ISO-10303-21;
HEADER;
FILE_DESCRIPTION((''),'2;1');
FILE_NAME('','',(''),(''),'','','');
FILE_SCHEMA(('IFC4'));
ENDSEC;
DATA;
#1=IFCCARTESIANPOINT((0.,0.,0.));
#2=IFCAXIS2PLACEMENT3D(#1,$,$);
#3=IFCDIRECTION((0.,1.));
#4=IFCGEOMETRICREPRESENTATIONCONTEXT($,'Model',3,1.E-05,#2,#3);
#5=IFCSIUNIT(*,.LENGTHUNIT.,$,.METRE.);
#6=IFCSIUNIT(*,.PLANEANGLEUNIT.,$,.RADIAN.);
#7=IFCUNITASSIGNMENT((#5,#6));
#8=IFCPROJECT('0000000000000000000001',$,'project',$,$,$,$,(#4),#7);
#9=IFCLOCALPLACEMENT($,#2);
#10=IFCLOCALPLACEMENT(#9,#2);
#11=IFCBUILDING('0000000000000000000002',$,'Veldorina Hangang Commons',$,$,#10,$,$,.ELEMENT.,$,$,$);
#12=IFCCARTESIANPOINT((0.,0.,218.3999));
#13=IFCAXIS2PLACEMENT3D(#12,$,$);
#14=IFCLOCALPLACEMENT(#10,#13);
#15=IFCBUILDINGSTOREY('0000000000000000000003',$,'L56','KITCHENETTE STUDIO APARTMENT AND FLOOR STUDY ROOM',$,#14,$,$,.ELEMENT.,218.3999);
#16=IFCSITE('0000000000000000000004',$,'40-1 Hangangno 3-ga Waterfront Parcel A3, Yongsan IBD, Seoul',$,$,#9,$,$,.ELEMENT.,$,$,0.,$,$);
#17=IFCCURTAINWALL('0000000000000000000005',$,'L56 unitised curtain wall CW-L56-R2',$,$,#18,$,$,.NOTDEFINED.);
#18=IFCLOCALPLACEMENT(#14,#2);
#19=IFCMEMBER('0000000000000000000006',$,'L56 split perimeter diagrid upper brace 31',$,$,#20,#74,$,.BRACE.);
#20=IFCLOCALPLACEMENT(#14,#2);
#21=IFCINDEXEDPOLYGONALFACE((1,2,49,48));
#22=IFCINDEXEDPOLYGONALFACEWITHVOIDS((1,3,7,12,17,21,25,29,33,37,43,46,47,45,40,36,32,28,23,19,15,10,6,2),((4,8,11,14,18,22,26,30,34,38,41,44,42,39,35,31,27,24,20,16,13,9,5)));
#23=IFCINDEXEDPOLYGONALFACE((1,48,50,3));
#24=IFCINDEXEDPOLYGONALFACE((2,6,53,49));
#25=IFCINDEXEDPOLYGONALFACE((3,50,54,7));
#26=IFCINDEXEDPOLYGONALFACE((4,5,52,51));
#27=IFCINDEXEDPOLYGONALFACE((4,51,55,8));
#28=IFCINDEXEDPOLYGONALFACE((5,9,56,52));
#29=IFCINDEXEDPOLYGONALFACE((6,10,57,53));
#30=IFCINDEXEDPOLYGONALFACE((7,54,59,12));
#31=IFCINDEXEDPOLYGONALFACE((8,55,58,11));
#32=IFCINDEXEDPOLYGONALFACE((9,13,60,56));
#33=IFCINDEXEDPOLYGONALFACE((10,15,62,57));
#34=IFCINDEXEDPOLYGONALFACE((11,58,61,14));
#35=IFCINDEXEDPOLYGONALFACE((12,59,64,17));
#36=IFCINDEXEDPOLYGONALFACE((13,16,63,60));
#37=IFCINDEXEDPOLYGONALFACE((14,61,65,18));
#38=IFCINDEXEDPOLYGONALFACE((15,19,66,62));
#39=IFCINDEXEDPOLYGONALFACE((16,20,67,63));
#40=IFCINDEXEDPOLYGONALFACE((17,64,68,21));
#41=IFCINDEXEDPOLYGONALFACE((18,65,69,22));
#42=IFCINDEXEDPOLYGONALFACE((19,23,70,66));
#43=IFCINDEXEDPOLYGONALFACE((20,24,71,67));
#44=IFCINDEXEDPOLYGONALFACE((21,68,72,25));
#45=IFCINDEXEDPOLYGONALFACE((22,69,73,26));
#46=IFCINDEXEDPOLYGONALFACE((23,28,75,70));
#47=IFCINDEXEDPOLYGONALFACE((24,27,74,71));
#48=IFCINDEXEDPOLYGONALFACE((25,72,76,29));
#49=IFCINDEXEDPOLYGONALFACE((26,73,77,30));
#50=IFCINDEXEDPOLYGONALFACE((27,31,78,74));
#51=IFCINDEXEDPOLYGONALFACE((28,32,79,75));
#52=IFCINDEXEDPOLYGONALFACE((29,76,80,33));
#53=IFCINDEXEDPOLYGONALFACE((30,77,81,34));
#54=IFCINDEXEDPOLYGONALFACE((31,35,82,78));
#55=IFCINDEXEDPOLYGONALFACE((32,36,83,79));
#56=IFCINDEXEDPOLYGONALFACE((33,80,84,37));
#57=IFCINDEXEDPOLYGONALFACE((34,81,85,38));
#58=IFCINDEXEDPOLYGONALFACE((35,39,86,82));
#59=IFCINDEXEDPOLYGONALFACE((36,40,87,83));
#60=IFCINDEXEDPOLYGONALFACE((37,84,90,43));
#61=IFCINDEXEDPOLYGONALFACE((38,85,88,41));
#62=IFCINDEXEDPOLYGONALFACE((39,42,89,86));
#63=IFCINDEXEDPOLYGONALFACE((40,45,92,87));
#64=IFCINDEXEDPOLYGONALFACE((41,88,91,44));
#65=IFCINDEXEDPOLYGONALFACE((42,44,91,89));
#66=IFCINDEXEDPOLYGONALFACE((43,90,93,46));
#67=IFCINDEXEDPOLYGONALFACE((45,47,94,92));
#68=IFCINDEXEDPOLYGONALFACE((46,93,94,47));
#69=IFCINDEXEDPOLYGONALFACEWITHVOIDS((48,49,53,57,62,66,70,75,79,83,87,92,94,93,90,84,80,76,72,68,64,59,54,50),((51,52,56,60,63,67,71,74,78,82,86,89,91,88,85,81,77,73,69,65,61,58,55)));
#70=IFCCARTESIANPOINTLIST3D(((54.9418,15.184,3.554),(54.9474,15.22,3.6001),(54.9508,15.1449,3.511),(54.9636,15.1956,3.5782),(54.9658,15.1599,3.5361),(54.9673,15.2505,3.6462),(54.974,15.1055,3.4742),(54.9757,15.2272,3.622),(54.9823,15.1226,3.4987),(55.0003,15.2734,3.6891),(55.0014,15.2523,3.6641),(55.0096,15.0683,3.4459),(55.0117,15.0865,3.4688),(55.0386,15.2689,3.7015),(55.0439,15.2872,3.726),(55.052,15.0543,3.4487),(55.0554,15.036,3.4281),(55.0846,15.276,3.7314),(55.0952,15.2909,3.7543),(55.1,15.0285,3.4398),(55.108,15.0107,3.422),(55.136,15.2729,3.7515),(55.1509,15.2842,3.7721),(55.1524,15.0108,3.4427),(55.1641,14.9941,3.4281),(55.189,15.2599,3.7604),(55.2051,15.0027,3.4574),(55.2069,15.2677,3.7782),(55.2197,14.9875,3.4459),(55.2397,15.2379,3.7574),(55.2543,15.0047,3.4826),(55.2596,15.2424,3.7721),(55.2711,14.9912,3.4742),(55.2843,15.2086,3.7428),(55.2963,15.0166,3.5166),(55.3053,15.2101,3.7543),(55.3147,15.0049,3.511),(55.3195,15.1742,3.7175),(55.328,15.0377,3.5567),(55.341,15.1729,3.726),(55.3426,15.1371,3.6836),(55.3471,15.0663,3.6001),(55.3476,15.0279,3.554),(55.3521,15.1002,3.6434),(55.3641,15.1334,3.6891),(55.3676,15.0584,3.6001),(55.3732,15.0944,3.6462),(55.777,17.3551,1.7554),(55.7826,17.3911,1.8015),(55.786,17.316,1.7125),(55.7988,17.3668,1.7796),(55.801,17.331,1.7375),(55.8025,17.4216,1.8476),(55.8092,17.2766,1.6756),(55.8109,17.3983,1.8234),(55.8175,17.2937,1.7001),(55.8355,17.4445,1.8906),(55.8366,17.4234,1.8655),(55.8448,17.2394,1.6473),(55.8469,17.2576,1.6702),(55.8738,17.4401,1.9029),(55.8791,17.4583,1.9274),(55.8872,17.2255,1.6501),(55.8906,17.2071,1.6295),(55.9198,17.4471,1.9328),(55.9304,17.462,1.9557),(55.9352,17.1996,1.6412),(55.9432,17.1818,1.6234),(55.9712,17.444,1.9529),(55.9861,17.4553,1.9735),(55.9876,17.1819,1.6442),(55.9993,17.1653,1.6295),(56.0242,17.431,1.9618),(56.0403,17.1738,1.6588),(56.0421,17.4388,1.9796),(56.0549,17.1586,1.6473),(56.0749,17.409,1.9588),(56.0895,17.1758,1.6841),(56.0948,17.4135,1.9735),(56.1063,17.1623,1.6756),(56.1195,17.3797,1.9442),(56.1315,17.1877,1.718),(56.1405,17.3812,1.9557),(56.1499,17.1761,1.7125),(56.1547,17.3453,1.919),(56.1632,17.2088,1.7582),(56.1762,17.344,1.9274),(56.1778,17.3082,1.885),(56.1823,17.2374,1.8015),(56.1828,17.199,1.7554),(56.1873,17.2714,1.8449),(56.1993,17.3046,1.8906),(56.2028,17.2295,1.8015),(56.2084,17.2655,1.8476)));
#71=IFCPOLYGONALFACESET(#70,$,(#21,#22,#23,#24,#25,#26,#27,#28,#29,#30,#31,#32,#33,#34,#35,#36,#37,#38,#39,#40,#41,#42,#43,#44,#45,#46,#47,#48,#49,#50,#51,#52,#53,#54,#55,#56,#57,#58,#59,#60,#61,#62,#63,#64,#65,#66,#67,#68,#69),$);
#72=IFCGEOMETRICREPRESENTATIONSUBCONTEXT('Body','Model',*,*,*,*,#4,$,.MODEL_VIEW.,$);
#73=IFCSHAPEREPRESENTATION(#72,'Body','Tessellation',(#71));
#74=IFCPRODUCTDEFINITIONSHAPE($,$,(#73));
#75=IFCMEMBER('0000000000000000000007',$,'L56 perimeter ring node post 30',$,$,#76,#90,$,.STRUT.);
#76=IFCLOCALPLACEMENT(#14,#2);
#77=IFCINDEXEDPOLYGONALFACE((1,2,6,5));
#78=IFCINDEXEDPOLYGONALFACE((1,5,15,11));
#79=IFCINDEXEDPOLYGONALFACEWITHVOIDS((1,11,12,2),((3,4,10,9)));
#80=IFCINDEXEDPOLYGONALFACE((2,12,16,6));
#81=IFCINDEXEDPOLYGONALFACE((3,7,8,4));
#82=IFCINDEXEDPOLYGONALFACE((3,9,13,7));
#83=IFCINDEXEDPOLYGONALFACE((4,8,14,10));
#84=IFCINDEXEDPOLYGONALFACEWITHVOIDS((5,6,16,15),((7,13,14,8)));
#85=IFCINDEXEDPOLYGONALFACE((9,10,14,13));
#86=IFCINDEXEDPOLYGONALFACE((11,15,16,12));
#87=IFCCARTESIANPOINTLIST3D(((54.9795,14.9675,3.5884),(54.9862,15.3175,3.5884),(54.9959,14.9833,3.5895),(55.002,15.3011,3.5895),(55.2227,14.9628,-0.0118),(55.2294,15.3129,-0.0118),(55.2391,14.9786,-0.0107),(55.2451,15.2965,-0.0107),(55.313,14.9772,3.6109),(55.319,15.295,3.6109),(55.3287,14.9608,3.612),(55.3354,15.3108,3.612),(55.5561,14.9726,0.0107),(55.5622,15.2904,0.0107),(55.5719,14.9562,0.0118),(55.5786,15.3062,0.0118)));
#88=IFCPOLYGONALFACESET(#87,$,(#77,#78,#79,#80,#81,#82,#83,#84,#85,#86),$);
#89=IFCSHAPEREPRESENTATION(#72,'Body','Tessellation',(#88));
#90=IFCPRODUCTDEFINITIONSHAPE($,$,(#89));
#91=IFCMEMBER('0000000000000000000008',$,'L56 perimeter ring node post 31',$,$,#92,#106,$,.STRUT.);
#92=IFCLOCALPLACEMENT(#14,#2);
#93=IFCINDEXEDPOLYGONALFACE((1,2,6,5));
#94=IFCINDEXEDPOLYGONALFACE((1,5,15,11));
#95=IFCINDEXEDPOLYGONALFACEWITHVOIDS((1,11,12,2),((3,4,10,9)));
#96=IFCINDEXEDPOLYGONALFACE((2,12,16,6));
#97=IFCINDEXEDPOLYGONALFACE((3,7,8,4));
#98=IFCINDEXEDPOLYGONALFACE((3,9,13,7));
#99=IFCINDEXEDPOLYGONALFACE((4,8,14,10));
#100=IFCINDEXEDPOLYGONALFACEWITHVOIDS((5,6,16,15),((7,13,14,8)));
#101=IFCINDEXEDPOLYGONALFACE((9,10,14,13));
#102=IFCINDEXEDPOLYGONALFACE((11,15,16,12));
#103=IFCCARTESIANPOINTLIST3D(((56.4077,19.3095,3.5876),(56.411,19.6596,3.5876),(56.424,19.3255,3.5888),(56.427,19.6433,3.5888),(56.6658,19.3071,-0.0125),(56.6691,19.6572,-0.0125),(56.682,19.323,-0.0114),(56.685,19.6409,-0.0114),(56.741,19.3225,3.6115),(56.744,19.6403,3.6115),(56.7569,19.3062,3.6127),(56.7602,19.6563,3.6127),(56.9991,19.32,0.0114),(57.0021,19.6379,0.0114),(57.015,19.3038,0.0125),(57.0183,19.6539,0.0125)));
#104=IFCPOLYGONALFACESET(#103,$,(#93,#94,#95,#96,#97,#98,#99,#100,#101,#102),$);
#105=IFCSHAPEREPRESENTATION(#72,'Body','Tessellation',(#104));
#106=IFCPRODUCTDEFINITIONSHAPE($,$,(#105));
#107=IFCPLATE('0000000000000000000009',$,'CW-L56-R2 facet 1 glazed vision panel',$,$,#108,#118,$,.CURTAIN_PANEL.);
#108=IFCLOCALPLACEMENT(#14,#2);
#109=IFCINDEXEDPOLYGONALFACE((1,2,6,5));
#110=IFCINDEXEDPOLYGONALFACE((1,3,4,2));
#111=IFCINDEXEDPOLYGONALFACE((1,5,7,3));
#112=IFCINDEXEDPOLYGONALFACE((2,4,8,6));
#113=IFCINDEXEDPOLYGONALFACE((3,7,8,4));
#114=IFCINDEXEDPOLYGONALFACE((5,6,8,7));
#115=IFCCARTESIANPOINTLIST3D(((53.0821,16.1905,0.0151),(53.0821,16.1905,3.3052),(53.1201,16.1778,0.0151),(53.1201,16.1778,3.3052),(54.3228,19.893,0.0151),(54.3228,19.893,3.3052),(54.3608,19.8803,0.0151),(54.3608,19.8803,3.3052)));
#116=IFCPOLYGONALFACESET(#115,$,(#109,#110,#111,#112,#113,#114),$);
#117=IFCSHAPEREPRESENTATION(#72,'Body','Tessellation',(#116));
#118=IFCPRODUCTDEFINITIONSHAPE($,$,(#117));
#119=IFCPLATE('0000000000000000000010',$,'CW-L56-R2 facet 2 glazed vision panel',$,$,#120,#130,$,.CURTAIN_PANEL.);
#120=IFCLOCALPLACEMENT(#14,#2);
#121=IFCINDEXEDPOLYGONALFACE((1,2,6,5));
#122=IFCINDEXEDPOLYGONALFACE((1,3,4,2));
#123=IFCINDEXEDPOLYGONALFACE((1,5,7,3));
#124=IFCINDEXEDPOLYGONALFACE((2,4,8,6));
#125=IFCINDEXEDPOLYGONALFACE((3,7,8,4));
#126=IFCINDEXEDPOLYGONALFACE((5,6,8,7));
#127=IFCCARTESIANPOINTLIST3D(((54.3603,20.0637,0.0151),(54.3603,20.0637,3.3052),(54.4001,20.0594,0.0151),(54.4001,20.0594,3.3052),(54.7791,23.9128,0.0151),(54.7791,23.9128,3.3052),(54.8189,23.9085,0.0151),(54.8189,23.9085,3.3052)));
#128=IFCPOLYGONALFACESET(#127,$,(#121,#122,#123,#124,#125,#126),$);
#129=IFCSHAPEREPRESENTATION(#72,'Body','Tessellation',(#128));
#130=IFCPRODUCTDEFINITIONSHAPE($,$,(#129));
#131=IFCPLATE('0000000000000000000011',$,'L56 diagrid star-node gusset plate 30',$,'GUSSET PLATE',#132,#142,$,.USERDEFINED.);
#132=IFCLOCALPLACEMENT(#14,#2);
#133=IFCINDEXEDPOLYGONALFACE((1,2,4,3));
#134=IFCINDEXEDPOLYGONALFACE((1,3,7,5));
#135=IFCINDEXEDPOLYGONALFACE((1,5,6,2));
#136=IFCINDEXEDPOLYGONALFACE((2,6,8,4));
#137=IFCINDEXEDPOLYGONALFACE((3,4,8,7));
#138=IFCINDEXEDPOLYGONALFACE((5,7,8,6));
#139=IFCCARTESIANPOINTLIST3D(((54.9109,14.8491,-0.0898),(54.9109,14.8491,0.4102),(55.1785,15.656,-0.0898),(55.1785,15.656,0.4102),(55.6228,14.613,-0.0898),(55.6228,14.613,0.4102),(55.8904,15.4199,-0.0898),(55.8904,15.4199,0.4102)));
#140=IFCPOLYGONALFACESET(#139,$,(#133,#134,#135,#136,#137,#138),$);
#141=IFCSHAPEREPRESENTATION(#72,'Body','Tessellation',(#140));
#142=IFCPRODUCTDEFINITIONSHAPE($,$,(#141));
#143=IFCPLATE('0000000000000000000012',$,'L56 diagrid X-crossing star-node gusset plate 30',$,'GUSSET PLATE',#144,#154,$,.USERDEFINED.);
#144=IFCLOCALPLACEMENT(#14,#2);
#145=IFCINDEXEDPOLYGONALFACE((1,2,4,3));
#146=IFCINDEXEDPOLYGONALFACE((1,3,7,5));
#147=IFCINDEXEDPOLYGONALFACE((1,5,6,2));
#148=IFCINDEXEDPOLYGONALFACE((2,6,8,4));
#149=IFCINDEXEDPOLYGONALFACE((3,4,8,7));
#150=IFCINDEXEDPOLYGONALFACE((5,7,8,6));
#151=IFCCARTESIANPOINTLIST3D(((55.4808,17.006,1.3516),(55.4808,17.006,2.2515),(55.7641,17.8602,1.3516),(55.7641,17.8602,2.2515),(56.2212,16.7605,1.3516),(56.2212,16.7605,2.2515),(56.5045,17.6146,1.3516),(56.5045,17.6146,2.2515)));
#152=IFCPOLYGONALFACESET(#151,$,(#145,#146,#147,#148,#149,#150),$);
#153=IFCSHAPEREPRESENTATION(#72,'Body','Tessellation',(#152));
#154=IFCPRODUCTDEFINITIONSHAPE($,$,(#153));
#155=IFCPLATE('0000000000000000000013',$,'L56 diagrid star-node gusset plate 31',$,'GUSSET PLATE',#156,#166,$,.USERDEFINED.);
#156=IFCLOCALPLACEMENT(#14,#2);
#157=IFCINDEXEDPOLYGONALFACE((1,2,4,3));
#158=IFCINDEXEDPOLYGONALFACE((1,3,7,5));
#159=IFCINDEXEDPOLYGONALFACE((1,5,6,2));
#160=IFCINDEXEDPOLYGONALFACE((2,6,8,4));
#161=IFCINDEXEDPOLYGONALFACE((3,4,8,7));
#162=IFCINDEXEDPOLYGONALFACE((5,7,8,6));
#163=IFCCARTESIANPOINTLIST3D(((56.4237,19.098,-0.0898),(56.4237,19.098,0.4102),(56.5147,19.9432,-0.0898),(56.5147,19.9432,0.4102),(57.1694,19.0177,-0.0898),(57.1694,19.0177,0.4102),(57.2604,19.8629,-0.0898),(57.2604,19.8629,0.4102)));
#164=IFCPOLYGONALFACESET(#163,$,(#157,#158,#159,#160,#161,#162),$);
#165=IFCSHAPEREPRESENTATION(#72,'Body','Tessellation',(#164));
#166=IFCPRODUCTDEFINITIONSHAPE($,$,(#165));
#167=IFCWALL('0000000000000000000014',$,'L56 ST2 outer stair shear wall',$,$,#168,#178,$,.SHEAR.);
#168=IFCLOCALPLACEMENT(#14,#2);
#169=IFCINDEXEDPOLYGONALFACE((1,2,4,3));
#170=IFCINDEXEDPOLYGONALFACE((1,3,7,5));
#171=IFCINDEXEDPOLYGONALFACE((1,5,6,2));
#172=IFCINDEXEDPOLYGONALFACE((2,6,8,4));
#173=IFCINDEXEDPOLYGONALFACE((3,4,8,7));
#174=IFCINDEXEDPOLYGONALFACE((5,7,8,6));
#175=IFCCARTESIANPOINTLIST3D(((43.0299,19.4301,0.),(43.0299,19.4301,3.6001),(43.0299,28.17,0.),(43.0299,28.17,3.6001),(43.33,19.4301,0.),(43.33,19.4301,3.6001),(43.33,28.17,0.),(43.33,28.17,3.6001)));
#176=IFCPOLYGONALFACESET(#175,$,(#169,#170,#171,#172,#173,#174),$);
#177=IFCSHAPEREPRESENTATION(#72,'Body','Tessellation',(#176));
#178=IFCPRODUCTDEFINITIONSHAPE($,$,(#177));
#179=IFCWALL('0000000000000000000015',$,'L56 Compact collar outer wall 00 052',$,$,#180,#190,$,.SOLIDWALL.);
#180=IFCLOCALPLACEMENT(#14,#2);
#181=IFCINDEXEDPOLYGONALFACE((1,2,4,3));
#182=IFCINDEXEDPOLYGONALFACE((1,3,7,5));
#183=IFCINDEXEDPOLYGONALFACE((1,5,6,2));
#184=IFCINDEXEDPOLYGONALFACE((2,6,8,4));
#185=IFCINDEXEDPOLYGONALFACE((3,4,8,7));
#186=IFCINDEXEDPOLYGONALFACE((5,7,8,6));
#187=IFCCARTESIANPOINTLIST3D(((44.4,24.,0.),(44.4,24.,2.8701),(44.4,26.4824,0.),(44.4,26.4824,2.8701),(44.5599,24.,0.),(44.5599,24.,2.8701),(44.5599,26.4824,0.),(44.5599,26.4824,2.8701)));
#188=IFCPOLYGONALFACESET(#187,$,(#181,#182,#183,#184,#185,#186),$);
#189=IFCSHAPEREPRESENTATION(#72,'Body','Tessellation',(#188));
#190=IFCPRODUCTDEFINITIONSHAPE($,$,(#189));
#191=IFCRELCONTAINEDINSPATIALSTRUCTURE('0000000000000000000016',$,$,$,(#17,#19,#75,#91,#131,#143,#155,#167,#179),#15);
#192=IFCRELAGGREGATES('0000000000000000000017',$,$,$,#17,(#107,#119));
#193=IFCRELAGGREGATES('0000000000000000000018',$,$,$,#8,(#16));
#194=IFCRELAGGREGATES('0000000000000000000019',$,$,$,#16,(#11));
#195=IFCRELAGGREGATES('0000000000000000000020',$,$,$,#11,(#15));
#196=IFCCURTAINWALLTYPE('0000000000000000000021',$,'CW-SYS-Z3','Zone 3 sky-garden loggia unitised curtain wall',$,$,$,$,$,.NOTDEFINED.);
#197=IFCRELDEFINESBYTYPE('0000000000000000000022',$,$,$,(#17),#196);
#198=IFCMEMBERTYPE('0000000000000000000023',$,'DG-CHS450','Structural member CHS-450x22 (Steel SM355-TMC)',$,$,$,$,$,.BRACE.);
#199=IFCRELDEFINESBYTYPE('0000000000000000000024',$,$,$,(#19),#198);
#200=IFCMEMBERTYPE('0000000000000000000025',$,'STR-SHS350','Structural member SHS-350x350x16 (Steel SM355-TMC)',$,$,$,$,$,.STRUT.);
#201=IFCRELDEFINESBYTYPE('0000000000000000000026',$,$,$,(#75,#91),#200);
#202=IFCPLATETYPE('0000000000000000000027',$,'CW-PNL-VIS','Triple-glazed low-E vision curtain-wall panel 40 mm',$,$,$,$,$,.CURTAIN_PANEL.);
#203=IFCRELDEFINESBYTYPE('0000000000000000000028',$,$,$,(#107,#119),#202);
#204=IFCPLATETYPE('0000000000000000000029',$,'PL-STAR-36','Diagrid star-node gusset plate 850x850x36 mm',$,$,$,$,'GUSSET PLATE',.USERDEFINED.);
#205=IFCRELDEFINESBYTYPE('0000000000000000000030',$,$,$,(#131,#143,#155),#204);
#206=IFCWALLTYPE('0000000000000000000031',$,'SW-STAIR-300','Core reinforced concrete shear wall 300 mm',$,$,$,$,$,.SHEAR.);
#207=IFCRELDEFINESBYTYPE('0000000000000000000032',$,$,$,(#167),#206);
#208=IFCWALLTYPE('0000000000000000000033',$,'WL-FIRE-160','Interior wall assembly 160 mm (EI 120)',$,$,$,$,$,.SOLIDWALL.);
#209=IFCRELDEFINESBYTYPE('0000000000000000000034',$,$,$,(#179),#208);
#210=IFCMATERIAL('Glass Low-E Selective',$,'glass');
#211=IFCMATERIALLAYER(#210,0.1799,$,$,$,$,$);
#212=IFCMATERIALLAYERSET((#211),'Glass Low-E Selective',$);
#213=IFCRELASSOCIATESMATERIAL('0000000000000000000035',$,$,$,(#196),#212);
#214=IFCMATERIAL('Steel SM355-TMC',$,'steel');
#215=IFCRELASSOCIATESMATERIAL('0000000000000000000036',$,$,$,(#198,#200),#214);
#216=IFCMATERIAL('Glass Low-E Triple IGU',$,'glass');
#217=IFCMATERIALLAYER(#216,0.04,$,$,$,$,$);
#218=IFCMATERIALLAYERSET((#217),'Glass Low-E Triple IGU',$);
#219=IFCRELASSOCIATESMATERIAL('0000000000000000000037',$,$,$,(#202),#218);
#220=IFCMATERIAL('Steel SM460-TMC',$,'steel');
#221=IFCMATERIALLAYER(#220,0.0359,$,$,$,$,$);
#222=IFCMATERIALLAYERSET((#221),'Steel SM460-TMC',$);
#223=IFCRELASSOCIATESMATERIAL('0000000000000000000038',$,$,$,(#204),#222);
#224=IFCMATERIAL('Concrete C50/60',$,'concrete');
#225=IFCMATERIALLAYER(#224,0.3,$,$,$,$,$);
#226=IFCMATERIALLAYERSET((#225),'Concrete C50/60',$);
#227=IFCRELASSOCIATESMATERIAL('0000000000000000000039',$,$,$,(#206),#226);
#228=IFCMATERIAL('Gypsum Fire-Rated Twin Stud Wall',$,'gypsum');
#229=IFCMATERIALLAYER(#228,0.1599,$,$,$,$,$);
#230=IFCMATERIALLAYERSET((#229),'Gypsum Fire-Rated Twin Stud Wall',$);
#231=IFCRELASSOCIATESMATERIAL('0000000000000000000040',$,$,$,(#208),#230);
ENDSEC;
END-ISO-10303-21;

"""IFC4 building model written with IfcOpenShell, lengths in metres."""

from ifc_helpers import new_model, si_unit, direction, frame, frame_2d, origin, origin_2d, place, context, subcontext, project, spatial, rectangle, hollow_rectangle, hollow_circle, extrude, material, layer, layer_set, material_profile, profile_set, type_object, element, aggregate, save


model = new_model("IFC4")

# Units and contexts
model_context = context("Model", 3, precision=1e-05, world=origin(), true_north=direction((0.0, 1.0)))
body_context = subcontext(model_context, "Body", "Model", "MODEL_VIEW")
ifc_project = project(units=[si_unit("LENGTHUNIT", "METRE"), si_unit("PLANEANGLEUNIT", "RADIAN")], contexts=[model_context])

# Site, building, storey
site_placement = place(None, origin())
site = spatial("IfcSite", under=ifc_project, at=site_placement, Name="40-1 Hangangno 3-ga Waterfront Parcel A3, Yongsan IBD, Seoul", CompositionType="ELEMENT", RefElevation=0.0)
building_placement = place(site_placement, origin())
building = spatial("IfcBuilding", under=site, at=building_placement, Name="Veldorina Hangang Commons", CompositionType="ELEMENT")
storey_placement = place(building_placement, frame((0.0, 0.0, 218.3999)))
storey = spatial("IfcBuildingStorey", under=building, at=storey_placement, Name="L56", Description="KITCHENETTE STUDIO APARTMENT AND FLOOR STUDY ROOM", CompositionType="ELEMENT", Elevation=218.3999)

# Shared definitions
ifc_material_1 = material(Name="Steel SM355-TMC", Category="steel")

# Curtain wall
ifc_material_2 = material(Name="Glass Low-E Selective", Category="glass")
ifc_layer_1 = layer(ifc_material_2, 0.1799)
ifc_layer_set_1 = layer_set([ifc_layer_1], Name="Glass Low-E Selective")
curtain_wall_type = type_object("IfcCurtainWallType", Name="CW-SYS-Z3", Description="Zone 3 sky-garden loggia unitised curtain wall", PredefinedType="NOTDEFINED", material=ifc_layer_set_1)
curtain_wall_placement = place(storey_placement, origin())
curtain_wall = element("IfcCurtainWall", 1, at=curtain_wall_placement, inside=storey, type_object=curtain_wall_type, Name="L56 unitised curtain wall CW-L56-R2", PredefinedType="NOTDEFINED")

# Members
ifc_material_profile_1 = material_profile(ifc_material_1, hollow_circle(Radius=0.2251, WallThickness=0.022, at=origin_2d()), Name="CHS-450x22")
ifc_profile_set_1 = profile_set([ifc_material_profile_1], Name="Steel SM355-TMC")
member_type_1 = type_object("IfcMemberType", Name="DG-CHS450", Description="Structural member CHS-450x22 (Steel SM355-TMC)", PredefinedType="BRACE", material=ifc_profile_set_1)
member_1_placement = place(storey_placement, frame((55.9927, 17.3103, 1.8015), z_axis=(-0.284038, -0.738367, 0.611667), x_axis=(0.933324, -0.359035, 0.0)))
element("IfcMember", 2, at=member_1_placement, inside=storey, type_object=member_type_1, Name="L56 split perimeter diagrid upper brace 31", PredefinedType="BRACE", context=body_context, shape_type="SweptSolid", body=[
    extrude(hollow_circle(Radius=0.2251, WallThickness=0.022, at=origin_2d()), origin(), (0.0, 0.0, 1.0), 2.9404),
])
ifc_material_profile_2 = material_profile(ifc_material_1, hollow_rectangle(XDim=0.3501, YDim=0.3501, WallThickness=0.0161, at=origin_2d()), Name="SHS-350x350x16")
ifc_profile_set_2 = profile_set([ifc_material_profile_2], Name="Steel SM355-TMC")
member_type_2 = type_object("IfcMemberType", Name="STR-SHS350", Description="Structural member SHS-350x350x16 (Steel SM355-TMC)", PredefinedType="STRUT", material=ifc_profile_set_2)
member_2_placement = place(storey_placement, frame((55.4006, 15.1345, 0.0), z_axis=(-0.06739, 0.001286, 0.997726), x_axis=(-0.019073, -0.999818, 0.0)))
element("IfcMember", 3, at=member_2_placement, inside=storey, type_object=member_type_2, Name="L56 perimeter ring node post 30", PredefinedType="STRUT", context=body_context, shape_type="SweptSolid", body=[
    extrude(hollow_rectangle(XDim=0.3501, YDim=0.3501, WallThickness=0.0161, at=origin_2d()), origin(), (0.0, 0.0, 1.0), 3.6084),
])
member_3_placement = place(storey_placement, frame((56.842, 19.4805, 0.0), z_axis=(-0.071497, 0.000676, 0.997441), x_axis=(-0.00946, -0.999955, 0.0)))
element("IfcMember", 4, at=member_3_placement, inside=storey, type_object=member_type_2, Name="L56 perimeter ring node post 31", PredefinedType="STRUT", context=body_context, shape_type="SweptSolid", body=[
    extrude(hollow_rectangle(XDim=0.3501, YDim=0.3501, WallThickness=0.0161, at=origin_2d()), origin(), (0.0, 0.0, 1.0), 3.6094),
])

# Plates
ifc_material_3 = material(Name="Glass Low-E Triple IGU", Category="glass")
ifc_layer_2 = layer(ifc_material_3, 0.04)
ifc_layer_set_2 = layer_set([ifc_layer_2], Name="Glass Low-E Triple IGU")
plate_type_1 = type_object("IfcPlateType", Name="CW-PNL-VIS", Description="Triple-glazed low-E vision curtain-wall panel 40 mm", PredefinedType="CURTAIN_PANEL", material=ifc_layer_set_2)
plate_1_placement = place(storey_placement, frame((53.7214, 18.0354, 0.0151), z_axis=(0.0, 0.0, 1.0), x_axis=(0.317735, 0.94818, 0.0)))
plate_1 = element("IfcPlate", 5, at=plate_1_placement, type_object=plate_type_1, Name="CW-L56-R2 facet 1 glazed vision panel", PredefinedType="CURTAIN_PANEL", context=body_context, shape_type="SweptSolid", body=[
    extrude(rectangle(XDim=3.9048, YDim=0.04, at=origin_2d()), origin(), (0.0, 0.0, 1.0), 3.29),
])
plate_2_placement = place(storey_placement, frame((54.5896, 21.9861, 0.0151), z_axis=(0.0, 0.0, 1.0), x_axis=(0.108173, 0.994132, 0.0)))
plate_2 = element("IfcPlate", 6, at=plate_2_placement, type_object=plate_type_1, Name="CW-L56-R2 facet 2 glazed vision panel", PredefinedType="CURTAIN_PANEL", context=body_context, shape_type="SweptSolid", body=[
    extrude(rectangle(XDim=3.8718, YDim=0.04, at=origin_2d()), origin(), (0.0, 0.0, 1.0), 3.29),
])
aggregate(curtain_wall, [plate_1, plate_2])

# Plates
ifc_material_4 = material(Name="Steel SM460-TMC", Category="steel")
ifc_layer_3 = layer(ifc_material_4, 0.0359)
ifc_layer_set_3 = layer_set([ifc_layer_3], Name="Steel SM460-TMC")
plate_type_2 = type_object("IfcPlateType", Name="PL-STAR-36", Description="Diagrid star-node gusset plate 850x850x36 mm", ElementType="GUSSET PLATE", PredefinedType="USERDEFINED", material=ifc_layer_set_3)
plate_3_placement = place(storey_placement, frame((55.4006, 15.1345, -0.0898), z_axis=(0.0, 0.0, 1.0), x_axis=(0.314788, 0.949162, 0.0)))
element("IfcPlate", 7, at=plate_3_placement, inside=storey, type_object=plate_type_2, Name="L56 diagrid star-node gusset plate 30", ObjectType="GUSSET PLATE", PredefinedType="USERDEFINED", context=body_context, shape_type="SweptSolid", body=[
    extrude(rectangle(XDim=0.8501, YDim=0.75, at=origin_2d()), origin(), (0.0, 0.0, 1.0), 0.5),
])
plate_4_placement = place(storey_placement, frame((55.9927, 17.3103, 1.3516), z_axis=(0.0, 0.0, 1.0), x_axis=(0.314788, 0.949162, 0.0)))
element("IfcPlate", 8, at=plate_4_placement, inside=storey, type_object=plate_type_2, Name="L56 diagrid X-crossing star-node gusset plate 30", ObjectType="GUSSET PLATE", PredefinedType="USERDEFINED", context=body_context, shape_type="SweptSolid", body=[
    extrude(rectangle(XDim=0.8999, YDim=0.78, at=origin_2d()), origin(), (0.0, 0.0, 1.0), 0.8999),
])
plate_5_placement = place(storey_placement, frame((56.842, 19.4805, -0.0898), z_axis=(0.0, 0.0, 1.0), x_axis=(0.107062, 0.994252, 0.0)))
element("IfcPlate", 9, at=plate_5_placement, inside=storey, type_object=plate_type_2, Name="L56 diagrid star-node gusset plate 31", ObjectType="GUSSET PLATE", PredefinedType="USERDEFINED", context=body_context, shape_type="SweptSolid", body=[
    extrude(rectangle(XDim=0.8501, YDim=0.75, at=origin_2d()), origin(), (0.0, 0.0, 1.0), 0.5),
])

# Walls
ifc_material_5 = material(Name="Concrete C50/60", Category="concrete")
ifc_layer_4 = layer(ifc_material_5, 0.3)
ifc_layer_set_4 = layer_set([ifc_layer_4], Name="Concrete C50/60")
wall_type_1 = type_object("IfcWallType", Name="SW-STAIR-300", Description="Core reinforced concrete shear wall 300 mm", PredefinedType="SHEAR", material=ifc_layer_set_4)
wall_1_placement = place(storey_placement, frame((43.1799, 19.4299, 0.0), z_axis=(0.0, 0.0, 1.0), x_axis=(0.0, 1.0, 0.0)))
element("IfcWall", 10, at=wall_1_placement, inside=storey, type_object=wall_type_1, Name="L56 ST2 outer stair shear wall", PredefinedType="SHEAR", context=body_context, shape_type="SweptSolid", body=[
    extrude(rectangle(XDim=8.74, YDim=0.3, at=frame_2d((4.3701, 0.0))), origin(), (0.0, 0.0, 1.0), 3.6001),
])
ifc_material_6 = material(Name="Gypsum Fire-Rated Twin Stud Wall", Category="gypsum")
ifc_layer_5 = layer(ifc_material_6, 0.1599)
ifc_layer_set_5 = layer_set([ifc_layer_5], Name="Gypsum Fire-Rated Twin Stud Wall")
wall_type_2 = type_object("IfcWallType", Name="WL-FIRE-160", Description="Interior wall assembly 160 mm (EI 120)", PredefinedType="SOLIDWALL", material=ifc_layer_set_5)
wall_2_placement = place(storey_placement, frame((44.48, 24.0, 0.0), z_axis=(0.0, 0.0, 1.0), x_axis=(0.0, 1.0, 0.0)))
element("IfcWall", 11, at=wall_2_placement, inside=storey, type_object=wall_type_2, Name="L56 Compact collar outer wall 00 052", PredefinedType="SOLIDWALL", context=body_context, shape_type="SweptSolid", body=[
    extrude(rectangle(XDim=2.4824, YDim=0.1599, at=frame_2d((1.2412, 0.0))), origin(), (0.0, 0.0, 1.0), 2.8701),
])

save(model, "model.ifc")
